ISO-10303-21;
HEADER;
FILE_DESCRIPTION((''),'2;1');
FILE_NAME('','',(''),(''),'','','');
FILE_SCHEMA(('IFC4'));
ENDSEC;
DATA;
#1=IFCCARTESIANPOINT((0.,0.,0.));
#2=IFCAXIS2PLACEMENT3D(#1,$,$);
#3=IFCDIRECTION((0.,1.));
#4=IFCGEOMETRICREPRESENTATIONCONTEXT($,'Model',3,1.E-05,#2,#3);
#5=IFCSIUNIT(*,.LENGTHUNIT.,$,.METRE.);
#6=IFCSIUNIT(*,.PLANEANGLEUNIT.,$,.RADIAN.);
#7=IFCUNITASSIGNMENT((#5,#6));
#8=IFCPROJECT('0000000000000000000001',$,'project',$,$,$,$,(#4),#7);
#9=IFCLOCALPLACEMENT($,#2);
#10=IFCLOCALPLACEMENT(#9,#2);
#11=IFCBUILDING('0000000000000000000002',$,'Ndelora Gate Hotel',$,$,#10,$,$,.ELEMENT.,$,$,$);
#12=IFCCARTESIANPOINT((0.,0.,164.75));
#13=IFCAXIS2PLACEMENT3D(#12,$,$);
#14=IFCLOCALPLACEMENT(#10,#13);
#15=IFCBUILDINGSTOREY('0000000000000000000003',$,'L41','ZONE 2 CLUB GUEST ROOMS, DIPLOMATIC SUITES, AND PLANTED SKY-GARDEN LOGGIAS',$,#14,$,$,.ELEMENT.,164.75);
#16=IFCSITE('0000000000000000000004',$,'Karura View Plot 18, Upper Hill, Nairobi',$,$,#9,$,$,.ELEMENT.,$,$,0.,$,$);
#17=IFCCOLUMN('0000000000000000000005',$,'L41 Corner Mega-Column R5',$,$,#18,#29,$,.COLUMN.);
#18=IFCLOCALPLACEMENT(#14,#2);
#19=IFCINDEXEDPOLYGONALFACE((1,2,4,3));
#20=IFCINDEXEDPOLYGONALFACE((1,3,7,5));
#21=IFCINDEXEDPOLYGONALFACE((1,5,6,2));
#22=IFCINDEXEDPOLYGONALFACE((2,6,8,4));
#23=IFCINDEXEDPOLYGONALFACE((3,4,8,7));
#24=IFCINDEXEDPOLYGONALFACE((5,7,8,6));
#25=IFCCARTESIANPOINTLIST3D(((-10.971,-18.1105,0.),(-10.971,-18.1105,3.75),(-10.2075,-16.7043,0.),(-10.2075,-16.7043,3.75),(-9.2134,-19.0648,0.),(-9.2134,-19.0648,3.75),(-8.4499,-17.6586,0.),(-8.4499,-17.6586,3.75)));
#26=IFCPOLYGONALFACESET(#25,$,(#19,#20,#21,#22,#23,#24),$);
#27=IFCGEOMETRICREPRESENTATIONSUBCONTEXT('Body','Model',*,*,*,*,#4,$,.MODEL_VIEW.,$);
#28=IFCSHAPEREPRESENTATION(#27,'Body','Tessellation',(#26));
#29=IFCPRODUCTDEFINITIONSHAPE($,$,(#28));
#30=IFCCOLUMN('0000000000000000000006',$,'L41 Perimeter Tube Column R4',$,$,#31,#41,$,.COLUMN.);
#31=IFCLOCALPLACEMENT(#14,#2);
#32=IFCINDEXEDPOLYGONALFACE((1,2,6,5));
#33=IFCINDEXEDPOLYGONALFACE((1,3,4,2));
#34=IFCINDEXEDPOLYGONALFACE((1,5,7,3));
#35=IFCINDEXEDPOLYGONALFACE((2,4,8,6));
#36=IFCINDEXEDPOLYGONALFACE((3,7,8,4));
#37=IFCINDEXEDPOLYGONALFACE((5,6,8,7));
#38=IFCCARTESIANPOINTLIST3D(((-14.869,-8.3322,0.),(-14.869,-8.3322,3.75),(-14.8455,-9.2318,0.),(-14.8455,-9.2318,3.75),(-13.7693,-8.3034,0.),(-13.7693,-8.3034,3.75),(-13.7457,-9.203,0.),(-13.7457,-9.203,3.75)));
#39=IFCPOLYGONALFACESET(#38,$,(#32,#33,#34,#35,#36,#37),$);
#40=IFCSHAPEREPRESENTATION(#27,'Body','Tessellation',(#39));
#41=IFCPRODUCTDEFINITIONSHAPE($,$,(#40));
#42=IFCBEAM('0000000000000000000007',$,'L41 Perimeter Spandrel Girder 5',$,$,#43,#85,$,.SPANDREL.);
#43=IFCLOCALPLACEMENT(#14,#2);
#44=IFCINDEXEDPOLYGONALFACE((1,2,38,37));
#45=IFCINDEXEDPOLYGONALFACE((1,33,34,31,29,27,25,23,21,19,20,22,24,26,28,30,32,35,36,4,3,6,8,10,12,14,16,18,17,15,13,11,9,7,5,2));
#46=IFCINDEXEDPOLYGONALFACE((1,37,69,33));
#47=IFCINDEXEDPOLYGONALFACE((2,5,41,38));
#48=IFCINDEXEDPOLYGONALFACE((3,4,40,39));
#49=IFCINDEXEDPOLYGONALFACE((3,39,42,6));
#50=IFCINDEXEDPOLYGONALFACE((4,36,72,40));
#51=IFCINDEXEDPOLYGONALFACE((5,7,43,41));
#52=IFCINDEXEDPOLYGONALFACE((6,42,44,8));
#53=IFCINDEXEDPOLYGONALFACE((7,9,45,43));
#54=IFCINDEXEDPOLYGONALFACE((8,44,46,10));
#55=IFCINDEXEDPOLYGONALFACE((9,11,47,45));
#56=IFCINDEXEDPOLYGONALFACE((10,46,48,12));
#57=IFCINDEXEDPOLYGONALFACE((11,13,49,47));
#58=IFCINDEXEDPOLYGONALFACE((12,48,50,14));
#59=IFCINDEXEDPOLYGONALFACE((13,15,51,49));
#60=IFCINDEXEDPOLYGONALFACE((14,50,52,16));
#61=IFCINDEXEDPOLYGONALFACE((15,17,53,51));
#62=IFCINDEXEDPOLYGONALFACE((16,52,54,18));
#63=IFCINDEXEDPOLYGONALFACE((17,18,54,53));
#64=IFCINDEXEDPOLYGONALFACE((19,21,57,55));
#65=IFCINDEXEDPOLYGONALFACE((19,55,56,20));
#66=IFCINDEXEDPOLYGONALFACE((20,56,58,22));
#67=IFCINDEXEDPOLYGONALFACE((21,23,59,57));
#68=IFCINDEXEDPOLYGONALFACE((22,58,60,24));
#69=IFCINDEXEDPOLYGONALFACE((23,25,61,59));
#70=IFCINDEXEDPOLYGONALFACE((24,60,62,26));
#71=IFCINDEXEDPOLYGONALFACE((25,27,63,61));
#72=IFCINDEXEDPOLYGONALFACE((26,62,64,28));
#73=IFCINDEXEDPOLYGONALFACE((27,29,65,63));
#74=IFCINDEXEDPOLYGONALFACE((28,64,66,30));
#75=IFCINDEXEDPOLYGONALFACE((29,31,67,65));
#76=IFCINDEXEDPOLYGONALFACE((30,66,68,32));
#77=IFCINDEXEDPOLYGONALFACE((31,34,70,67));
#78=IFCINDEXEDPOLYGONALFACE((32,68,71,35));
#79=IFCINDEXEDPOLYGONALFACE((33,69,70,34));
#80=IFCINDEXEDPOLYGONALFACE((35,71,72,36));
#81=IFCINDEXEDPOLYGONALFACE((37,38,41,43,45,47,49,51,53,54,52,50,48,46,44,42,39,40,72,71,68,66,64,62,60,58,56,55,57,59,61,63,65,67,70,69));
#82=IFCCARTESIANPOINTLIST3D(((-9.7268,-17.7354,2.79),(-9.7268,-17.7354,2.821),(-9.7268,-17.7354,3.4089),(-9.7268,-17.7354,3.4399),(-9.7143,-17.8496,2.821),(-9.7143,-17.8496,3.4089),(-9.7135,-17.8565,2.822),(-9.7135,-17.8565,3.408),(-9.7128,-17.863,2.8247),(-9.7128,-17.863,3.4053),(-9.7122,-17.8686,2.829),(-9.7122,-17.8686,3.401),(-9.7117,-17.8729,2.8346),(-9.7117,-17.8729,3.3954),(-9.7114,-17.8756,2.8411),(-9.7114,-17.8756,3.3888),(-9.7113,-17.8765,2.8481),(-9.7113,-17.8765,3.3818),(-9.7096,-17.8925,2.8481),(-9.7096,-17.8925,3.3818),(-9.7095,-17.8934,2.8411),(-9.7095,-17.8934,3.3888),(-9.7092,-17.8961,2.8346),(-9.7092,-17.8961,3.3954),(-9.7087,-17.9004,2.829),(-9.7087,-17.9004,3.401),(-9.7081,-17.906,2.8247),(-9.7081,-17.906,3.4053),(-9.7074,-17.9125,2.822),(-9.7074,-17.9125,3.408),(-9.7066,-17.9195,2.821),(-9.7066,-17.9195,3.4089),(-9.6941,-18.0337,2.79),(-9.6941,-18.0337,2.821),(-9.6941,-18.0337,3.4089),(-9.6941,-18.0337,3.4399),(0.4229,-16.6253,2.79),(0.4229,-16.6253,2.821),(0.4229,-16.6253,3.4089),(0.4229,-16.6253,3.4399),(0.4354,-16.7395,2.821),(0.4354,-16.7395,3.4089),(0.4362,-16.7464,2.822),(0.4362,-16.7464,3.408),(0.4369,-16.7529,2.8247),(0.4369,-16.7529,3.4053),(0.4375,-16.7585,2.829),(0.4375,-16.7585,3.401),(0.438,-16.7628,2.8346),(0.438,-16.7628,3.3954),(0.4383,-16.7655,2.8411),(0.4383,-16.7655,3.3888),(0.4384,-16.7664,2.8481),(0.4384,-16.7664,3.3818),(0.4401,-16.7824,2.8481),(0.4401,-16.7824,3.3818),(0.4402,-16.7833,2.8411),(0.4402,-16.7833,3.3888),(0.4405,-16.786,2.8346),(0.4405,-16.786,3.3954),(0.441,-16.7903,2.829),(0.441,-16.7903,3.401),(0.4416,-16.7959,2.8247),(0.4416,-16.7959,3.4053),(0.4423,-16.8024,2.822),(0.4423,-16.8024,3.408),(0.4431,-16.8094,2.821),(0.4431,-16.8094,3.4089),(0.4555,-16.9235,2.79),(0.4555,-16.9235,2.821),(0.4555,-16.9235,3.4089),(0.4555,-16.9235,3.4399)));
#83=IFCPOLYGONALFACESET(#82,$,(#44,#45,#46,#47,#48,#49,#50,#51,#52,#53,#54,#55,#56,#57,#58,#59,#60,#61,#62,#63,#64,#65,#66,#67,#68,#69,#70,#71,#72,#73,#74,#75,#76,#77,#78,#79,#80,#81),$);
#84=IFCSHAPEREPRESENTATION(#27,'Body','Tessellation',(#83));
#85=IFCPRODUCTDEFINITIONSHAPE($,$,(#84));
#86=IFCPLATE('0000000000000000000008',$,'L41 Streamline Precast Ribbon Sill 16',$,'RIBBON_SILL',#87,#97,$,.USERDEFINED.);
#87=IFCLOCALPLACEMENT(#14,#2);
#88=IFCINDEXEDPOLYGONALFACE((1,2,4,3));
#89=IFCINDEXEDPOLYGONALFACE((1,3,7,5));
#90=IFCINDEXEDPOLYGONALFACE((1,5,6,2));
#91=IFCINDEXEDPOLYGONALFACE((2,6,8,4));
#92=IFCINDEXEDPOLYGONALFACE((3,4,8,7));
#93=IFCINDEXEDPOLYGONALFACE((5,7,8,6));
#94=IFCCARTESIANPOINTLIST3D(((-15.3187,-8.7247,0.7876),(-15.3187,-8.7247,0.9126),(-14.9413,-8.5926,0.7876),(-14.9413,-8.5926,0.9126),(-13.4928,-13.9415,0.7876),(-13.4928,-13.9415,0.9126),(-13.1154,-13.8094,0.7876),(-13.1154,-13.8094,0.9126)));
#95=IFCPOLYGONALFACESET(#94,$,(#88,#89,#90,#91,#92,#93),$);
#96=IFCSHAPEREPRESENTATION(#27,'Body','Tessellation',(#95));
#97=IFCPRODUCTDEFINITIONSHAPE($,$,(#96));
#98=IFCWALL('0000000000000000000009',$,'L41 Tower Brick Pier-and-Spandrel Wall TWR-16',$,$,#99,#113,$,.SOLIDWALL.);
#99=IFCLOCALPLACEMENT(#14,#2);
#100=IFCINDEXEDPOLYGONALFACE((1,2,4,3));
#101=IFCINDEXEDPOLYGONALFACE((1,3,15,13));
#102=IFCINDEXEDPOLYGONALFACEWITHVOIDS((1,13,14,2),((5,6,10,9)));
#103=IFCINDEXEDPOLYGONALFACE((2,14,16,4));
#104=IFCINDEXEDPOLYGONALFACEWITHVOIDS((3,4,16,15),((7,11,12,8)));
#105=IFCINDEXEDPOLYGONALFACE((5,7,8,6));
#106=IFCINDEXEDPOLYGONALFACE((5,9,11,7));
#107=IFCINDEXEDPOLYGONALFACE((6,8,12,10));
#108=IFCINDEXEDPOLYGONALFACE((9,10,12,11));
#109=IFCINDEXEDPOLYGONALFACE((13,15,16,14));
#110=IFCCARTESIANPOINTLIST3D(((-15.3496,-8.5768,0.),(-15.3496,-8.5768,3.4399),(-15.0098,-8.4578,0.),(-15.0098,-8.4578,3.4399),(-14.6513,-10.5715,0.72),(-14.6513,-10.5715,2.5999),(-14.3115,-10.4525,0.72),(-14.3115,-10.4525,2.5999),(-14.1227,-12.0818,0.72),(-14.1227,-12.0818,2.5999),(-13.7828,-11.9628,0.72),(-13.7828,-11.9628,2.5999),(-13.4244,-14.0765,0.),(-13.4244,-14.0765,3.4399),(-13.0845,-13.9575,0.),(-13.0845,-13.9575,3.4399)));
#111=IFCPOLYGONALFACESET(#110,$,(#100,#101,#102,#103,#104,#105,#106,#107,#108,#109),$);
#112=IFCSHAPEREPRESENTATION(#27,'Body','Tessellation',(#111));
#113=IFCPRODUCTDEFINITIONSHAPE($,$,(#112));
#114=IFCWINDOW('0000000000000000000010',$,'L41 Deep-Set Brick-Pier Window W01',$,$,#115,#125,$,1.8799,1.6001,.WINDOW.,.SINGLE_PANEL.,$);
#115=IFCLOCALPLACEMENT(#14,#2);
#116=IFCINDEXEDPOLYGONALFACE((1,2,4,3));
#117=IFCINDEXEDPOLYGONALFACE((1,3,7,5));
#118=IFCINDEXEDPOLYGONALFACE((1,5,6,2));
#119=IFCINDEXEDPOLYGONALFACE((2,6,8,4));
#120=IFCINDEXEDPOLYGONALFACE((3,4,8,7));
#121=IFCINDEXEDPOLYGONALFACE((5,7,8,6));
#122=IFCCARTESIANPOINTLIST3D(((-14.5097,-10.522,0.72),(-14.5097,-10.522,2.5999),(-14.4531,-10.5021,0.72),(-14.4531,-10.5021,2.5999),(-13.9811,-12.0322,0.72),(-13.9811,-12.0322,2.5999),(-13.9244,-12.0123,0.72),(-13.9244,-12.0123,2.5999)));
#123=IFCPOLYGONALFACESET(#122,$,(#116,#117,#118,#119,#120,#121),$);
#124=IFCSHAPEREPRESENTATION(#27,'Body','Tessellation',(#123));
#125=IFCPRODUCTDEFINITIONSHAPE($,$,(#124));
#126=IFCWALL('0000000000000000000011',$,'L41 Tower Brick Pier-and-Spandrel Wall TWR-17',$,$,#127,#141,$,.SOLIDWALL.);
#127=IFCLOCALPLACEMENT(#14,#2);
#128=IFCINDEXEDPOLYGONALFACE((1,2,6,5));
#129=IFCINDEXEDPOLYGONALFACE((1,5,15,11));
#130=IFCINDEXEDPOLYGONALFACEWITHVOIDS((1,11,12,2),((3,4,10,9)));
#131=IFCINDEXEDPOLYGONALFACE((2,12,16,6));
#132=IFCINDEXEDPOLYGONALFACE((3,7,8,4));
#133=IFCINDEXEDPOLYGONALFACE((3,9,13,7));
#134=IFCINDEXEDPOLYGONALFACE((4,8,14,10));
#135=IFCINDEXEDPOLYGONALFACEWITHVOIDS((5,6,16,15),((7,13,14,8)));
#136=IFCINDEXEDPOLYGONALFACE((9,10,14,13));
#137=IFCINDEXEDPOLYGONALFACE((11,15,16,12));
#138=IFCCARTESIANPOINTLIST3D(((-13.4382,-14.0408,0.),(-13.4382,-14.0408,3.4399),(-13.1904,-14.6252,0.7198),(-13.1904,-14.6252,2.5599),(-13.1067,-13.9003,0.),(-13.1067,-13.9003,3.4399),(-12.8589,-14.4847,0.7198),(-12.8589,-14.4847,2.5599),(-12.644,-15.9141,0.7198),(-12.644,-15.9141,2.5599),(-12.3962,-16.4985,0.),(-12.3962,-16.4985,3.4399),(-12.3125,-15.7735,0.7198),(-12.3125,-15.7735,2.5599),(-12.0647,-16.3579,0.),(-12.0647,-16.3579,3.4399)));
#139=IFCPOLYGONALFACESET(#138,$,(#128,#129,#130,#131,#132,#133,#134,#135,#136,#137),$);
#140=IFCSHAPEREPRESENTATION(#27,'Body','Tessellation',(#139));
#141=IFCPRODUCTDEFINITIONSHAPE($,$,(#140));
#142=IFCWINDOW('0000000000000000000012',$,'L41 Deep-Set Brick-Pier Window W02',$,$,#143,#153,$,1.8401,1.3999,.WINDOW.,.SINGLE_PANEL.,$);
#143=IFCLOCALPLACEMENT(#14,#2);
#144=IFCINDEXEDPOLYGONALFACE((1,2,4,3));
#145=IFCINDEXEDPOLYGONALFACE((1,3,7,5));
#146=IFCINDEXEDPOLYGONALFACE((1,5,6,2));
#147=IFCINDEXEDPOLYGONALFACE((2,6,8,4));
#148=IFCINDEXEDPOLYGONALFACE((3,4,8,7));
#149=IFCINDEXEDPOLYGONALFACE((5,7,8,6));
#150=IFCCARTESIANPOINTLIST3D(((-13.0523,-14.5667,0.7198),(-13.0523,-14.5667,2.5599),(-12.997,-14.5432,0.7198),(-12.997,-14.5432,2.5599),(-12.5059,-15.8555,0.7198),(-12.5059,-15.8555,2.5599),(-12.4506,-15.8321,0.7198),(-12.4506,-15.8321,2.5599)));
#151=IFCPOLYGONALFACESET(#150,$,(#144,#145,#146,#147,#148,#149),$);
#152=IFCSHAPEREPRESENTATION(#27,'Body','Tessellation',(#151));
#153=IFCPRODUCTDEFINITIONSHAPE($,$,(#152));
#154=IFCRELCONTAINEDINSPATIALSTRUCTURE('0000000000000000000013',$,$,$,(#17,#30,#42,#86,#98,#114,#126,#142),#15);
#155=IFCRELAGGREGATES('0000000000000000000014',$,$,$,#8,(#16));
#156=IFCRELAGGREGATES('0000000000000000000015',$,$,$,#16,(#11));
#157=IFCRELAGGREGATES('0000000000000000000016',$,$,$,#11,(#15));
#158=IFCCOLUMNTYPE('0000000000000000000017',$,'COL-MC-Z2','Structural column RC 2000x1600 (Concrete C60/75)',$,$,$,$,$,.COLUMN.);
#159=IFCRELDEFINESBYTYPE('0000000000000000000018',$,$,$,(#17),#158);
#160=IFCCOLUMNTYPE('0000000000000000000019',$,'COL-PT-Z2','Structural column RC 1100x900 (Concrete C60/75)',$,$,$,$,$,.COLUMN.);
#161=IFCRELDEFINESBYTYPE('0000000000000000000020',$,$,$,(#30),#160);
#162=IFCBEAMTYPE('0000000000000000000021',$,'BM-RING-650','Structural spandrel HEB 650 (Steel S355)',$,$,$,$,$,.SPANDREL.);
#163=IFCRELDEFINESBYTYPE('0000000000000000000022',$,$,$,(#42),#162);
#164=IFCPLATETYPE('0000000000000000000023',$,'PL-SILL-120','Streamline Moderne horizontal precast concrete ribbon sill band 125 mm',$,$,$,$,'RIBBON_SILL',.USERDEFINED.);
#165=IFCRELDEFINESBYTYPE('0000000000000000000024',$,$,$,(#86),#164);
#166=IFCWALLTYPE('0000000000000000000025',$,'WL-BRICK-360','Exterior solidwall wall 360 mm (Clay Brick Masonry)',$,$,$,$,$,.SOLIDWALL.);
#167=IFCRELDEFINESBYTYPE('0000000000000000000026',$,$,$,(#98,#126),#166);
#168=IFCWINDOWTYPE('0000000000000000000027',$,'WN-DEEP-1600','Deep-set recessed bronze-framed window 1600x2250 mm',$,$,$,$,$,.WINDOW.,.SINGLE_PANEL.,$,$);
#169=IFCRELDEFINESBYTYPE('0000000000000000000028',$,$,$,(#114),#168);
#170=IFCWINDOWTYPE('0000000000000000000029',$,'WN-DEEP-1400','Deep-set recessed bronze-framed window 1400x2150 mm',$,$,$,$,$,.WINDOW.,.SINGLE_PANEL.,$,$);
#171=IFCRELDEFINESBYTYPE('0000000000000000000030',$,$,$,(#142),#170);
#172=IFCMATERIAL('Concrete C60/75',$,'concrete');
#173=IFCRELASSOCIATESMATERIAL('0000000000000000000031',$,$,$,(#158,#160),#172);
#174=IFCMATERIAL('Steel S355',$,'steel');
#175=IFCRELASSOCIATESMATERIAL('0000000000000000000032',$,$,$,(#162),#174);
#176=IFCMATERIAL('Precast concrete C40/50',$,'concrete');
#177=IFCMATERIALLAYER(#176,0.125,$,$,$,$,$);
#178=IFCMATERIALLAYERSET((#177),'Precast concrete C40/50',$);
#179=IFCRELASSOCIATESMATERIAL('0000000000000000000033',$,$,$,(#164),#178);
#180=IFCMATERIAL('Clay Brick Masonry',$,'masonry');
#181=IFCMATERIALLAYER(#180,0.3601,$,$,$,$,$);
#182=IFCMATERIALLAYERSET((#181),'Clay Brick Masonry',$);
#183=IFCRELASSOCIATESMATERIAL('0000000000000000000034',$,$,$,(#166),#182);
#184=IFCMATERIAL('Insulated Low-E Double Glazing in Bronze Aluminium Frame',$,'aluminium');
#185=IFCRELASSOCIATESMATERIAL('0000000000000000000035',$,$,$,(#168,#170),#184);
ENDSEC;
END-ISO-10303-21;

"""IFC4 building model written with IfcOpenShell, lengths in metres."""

from ifc_helpers import new_model, si_unit, direction, frame, frame_2d, origin, origin_2d, place, context, subcontext, project, spatial, rectangle, i_section, extrude, material, layer, layer_set, material_profile, profile_set, type_object, element, fill, save


model = new_model("IFC4")

# Units and contexts
model_context = context("Model", 3, precision=1e-05, world=origin(), true_north=direction((0.0, 1.0)))
body_context = subcontext(model_context, "Body", "Model", "MODEL_VIEW")
ifc_project = project(units=[si_unit("LENGTHUNIT", "METRE"), si_unit("PLANEANGLEUNIT", "RADIAN")], contexts=[model_context])

# Site, building, storey
site_placement = place(None, origin())
site = spatial("IfcSite", under=ifc_project, at=site_placement, Name="Karura View Plot 18, Upper Hill, Nairobi", CompositionType="ELEMENT", RefElevation=0.0)
building_placement = place(site_placement, origin())
building = spatial("IfcBuilding", under=site, at=building_placement, Name="Ndelora Gate Hotel", CompositionType="ELEMENT")
storey_placement = place(building_placement, frame((0.0, 0.0, 164.75)))
storey = spatial("IfcBuildingStorey", under=building, at=storey_placement, Name="L41", Description="ZONE 2 CLUB GUEST ROOMS, DIPLOMATIC SUITES, AND PLANTED SKY-GARDEN LOGGIAS", CompositionType="ELEMENT", Elevation=164.75)

# Columns
ifc_material_1 = material(Name="Concrete C60/75", Category="concrete")
ifc_material_profile_1 = material_profile(ifc_material_1, rectangle(XDim=1.6001, YDim=2.0, at=origin_2d()), Name="RC 2000x1600")
ifc_profile_set_1 = profile_set([ifc_material_profile_1], Name="Concrete C60/75")
column_type_1 = type_object("IfcColumnType", Name="COL-MC-Z2", Description="Structural column RC 2000x1600 (Concrete C60/75)", PredefinedType="COLUMN", material=ifc_profile_set_1)
column_1_placement = place(storey_placement, frame((-9.7104, -17.8845, 0.0), z_axis=(0.0, 0.0, 1.0), x_axis=(0.477159, 0.878817, 0.0)))
element("IfcColumn", 1, at=column_1_placement, inside=storey, type_object=column_type_1, Name="L41 Corner Mega-Column R5", PredefinedType="COLUMN", context=body_context, shape_type="SweptSolid", body=[
    extrude(rectangle(XDim=1.6001, YDim=2.0, at=origin_2d()), origin(), (0.0, 0.0, 1.0), 3.75),
])
ifc_material_profile_2 = material_profile(ifc_material_1, rectangle(XDim=0.8999, YDim=1.1001, at=origin_2d()), Name="RC 1100x900")
ifc_profile_set_2 = profile_set([ifc_material_profile_2], Name="Concrete C60/75")
column_type_2 = type_object("IfcColumnType", Name="COL-PT-Z2", Description="Structural column RC 1100x900 (Concrete C60/75)", PredefinedType="COLUMN", material=ifc_profile_set_2)
column_2_placement = place(storey_placement, frame((-14.3074, -8.7676, 0.0), z_axis=(0.0, 0.0, 1.0), x_axis=(-0.026177, 0.999657, 0.0)))
element("IfcColumn", 2, at=column_2_placement, inside=storey, type_object=column_type_2, Name="L41 Perimeter Tube Column R4", PredefinedType="COLUMN", context=body_context, shape_type="SweptSolid", body=[
    extrude(rectangle(XDim=0.8999, YDim=1.1001, at=origin_2d()), origin(), (0.0, 0.0, 1.0), 3.75),
])

# Beam
ifc_material_2 = material(Name="Steel S355", Category="steel")
ifc_material_profile_3 = material_profile(ifc_material_2, i_section(OverallWidth=0.3, OverallDepth=0.6499, WebThickness=0.0161, FlangeThickness=0.031, FilletRadius=0.0271, at=origin_2d()), Name="HEB 650")
ifc_profile_set_3 = profile_set([ifc_material_profile_3], Name="Steel S355")
beam_type = type_object("IfcBeamType", Name="BM-RING-650", Description="Structural spandrel HEB 650 (Steel S355)", PredefinedType="SPANDREL", material=ifc_profile_set_3)
beam_placement = place(storey_placement, frame((-9.7104, -17.8845, 3.115), z_axis=(0.994072, 0.108725, 0.0), x_axis=(-0.108725, 0.994072, 0.0)))
element("IfcBeam", 3, at=beam_placement, inside=storey, type_object=beam_type, Name="L41 Perimeter Spandrel Girder 5", PredefinedType="SPANDREL", context=body_context, shape_type="SweptSolid", body=[
    extrude(i_section(OverallWidth=0.3, OverallDepth=0.6499, WebThickness=0.0161, FlangeThickness=0.031, FilletRadius=0.0271, at=origin_2d()), origin(), (0.0, 0.0, 1.0), 10.2102),
])

# Plate
ifc_material_3 = material(Name="Precast concrete C40/50", Category="concrete")
ifc_layer_1 = layer(ifc_material_3, 0.125)
ifc_layer_set_1 = layer_set([ifc_layer_1], Name="Precast concrete C40/50")
plate_type = type_object("IfcPlateType", Name="PL-SILL-120", Description="Streamline Moderne horizontal precast concrete ribbon sill band 125 mm", ElementType="RIBBON_SILL", PredefinedType="USERDEFINED", material=ifc_layer_set_1)
plate_placement = place(storey_placement, frame((-14.217, -11.2671, 0.7876), z_axis=(0.0, 0.0, 1.0), x_axis=(-0.33035, 0.943859, 0.0)))
element("IfcPlate", 4, at=plate_placement, inside=storey, type_object=plate_type, Name="L41 Streamline Precast Ribbon Sill 16", ObjectType="RIBBON_SILL", PredefinedType="USERDEFINED", context=body_context, shape_type="SweptSolid", body=[
    extrude(rectangle(XDim=5.5271, YDim=0.3999, at=origin_2d()), origin(), (0.0, 0.0, 1.0), 0.125),
])

# Walls, openings, windows
ifc_material_4 = material(Name="Clay Brick Masonry", Category="masonry")
ifc_layer_2 = layer(ifc_material_4, 0.3601)
ifc_layer_set_2 = layer_set([ifc_layer_2], Name="Clay Brick Masonry")
wall_type = type_object("IfcWallType", Name="WL-BRICK-360", Description="Exterior solidwall wall 360 mm (Clay Brick Masonry)", PredefinedType="SOLIDWALL", material=ifc_layer_set_2)
wall_1_placement = place(storey_placement, frame((-13.2544, -14.0171, 0.0), z_axis=(0.0, 0.0, 1.0), x_axis=(-0.330408, 0.943838, 0.0)))
wall_1 = element("IfcWall", 5, at=wall_1_placement, inside=storey, type_object=wall_type, Name="L41 Tower Brick Pier-and-Spandrel Wall TWR-16", PredefinedType="SOLIDWALL", context=body_context, shape_type="SweptSolid", body=[
    extrude(rectangle(XDim=5.8269, YDim=0.3601, at=frame_2d((2.9136, 0.0))), origin(), (0.0, 0.0, 1.0), 3.4399),
])
opening_1_placement = place(wall_1_placement, frame((2.1135, 0.0, 0.72)))
opening_1 = element("IfcOpeningElement", 6, at=opening_1_placement, cuts=wall_1, PredefinedType="OPENING", context=body_context, shape_type="SweptSolid", body=[
    extrude(rectangle(XDim=1.6001, YDim=1.8799, at=frame_2d((0.8, 0.9399))), frame((0.0, 0.1899, 0.0), z_axis=(0.0, -1.0, 0.0), x_axis=(1.0, 0.0, 0.0)), (0.0, 0.0, 1.0), 0.3801),
])
ifc_material_5 = material(Name="Insulated Low-E Double Glazing in Bronze Aluminium Frame", Category="aluminium")
window_type_1 = type_object("IfcWindowType", Name="WN-DEEP-1600", Description="Deep-set recessed bronze-framed window 1600x2250 mm", PartitioningType="SINGLE_PANEL", PredefinedType="WINDOW", material=ifc_material_5)
window_1_placement = place(opening_1_placement, origin())
window_1 = element("IfcWindow", 7, at=window_1_placement, inside=storey, type_object=window_type_1, Name="L41 Deep-Set Brick-Pier Window W01", OverallHeight=1.8799, OverallWidth=1.6001, PartitioningType="SINGLE_PANEL", PredefinedType="WINDOW", context=body_context, shape_type="SweptSolid", body=[
    extrude(rectangle(XDim=1.6001, YDim=1.8799, at=frame_2d((0.8, 0.9399))), frame((0.0, 0.03, 0.0), z_axis=(0.0, -1.0, 0.0), x_axis=(1.0, 0.0, 0.0)), (0.0, 0.0, 1.0), 0.0601),
])
fill(opening_1, window_1)
wall_2_placement = place(storey_placement, frame((-12.2305, -16.4282, 0.0), z_axis=(0.0, 0.0, 1.0), x_axis=(-0.390329, 0.920675, 0.0)))
wall_2 = element("IfcWall", 8, at=wall_2_placement, inside=storey, type_object=wall_type, Name="L41 Tower Brick Pier-and-Spandrel Wall TWR-17", PredefinedType="SOLIDWALL", context=body_context, shape_type="SweptSolid", body=[
    extrude(rectangle(XDim=2.6694, YDim=0.3601, at=frame_2d((1.3347, 0.0))), origin(), (0.0, 0.0, 1.0), 3.4399),
])
opening_2_placement = place(wall_2_placement, frame((0.6348, 0.0, 0.72)))
opening_2 = element("IfcOpeningElement", 9, at=opening_2_placement, cuts=wall_2, PredefinedType="OPENING", context=body_context, shape_type="SweptSolid", body=[
    extrude(rectangle(XDim=1.3999, YDim=1.8401, at=frame_2d((0.7, 0.9199))), frame((0.0, 0.1899, 0.0), z_axis=(0.0, -1.0, 0.0), x_axis=(1.0, 0.0, 0.0)), (0.0, 0.0, 1.0), 0.3801),
])
window_type_2 = type_object("IfcWindowType", Name="WN-DEEP-1400", Description="Deep-set recessed bronze-framed window 1400x2150 mm", PartitioningType="SINGLE_PANEL", PredefinedType="WINDOW", material=ifc_material_5)
window_2_placement = place(opening_2_placement, origin())
window_2 = element("IfcWindow", 10, at=window_2_placement, inside=storey, type_object=window_type_2, Name="L41 Deep-Set Brick-Pier Window W02", OverallHeight=1.8401, OverallWidth=1.3999, PartitioningType="SINGLE_PANEL", PredefinedType="WINDOW", context=body_context, shape_type="SweptSolid", body=[
    extrude(rectangle(XDim=1.3999, YDim=1.8401, at=frame_2d((0.7, 0.9199))), frame((0.0, 0.03, 0.0), z_axis=(0.0, -1.0, 0.0), x_axis=(1.0, 0.0, 0.0)), (0.0, 0.0, 1.0), 0.0601),
])
fill(opening_2, window_2)

save(model, "model.ifc")
